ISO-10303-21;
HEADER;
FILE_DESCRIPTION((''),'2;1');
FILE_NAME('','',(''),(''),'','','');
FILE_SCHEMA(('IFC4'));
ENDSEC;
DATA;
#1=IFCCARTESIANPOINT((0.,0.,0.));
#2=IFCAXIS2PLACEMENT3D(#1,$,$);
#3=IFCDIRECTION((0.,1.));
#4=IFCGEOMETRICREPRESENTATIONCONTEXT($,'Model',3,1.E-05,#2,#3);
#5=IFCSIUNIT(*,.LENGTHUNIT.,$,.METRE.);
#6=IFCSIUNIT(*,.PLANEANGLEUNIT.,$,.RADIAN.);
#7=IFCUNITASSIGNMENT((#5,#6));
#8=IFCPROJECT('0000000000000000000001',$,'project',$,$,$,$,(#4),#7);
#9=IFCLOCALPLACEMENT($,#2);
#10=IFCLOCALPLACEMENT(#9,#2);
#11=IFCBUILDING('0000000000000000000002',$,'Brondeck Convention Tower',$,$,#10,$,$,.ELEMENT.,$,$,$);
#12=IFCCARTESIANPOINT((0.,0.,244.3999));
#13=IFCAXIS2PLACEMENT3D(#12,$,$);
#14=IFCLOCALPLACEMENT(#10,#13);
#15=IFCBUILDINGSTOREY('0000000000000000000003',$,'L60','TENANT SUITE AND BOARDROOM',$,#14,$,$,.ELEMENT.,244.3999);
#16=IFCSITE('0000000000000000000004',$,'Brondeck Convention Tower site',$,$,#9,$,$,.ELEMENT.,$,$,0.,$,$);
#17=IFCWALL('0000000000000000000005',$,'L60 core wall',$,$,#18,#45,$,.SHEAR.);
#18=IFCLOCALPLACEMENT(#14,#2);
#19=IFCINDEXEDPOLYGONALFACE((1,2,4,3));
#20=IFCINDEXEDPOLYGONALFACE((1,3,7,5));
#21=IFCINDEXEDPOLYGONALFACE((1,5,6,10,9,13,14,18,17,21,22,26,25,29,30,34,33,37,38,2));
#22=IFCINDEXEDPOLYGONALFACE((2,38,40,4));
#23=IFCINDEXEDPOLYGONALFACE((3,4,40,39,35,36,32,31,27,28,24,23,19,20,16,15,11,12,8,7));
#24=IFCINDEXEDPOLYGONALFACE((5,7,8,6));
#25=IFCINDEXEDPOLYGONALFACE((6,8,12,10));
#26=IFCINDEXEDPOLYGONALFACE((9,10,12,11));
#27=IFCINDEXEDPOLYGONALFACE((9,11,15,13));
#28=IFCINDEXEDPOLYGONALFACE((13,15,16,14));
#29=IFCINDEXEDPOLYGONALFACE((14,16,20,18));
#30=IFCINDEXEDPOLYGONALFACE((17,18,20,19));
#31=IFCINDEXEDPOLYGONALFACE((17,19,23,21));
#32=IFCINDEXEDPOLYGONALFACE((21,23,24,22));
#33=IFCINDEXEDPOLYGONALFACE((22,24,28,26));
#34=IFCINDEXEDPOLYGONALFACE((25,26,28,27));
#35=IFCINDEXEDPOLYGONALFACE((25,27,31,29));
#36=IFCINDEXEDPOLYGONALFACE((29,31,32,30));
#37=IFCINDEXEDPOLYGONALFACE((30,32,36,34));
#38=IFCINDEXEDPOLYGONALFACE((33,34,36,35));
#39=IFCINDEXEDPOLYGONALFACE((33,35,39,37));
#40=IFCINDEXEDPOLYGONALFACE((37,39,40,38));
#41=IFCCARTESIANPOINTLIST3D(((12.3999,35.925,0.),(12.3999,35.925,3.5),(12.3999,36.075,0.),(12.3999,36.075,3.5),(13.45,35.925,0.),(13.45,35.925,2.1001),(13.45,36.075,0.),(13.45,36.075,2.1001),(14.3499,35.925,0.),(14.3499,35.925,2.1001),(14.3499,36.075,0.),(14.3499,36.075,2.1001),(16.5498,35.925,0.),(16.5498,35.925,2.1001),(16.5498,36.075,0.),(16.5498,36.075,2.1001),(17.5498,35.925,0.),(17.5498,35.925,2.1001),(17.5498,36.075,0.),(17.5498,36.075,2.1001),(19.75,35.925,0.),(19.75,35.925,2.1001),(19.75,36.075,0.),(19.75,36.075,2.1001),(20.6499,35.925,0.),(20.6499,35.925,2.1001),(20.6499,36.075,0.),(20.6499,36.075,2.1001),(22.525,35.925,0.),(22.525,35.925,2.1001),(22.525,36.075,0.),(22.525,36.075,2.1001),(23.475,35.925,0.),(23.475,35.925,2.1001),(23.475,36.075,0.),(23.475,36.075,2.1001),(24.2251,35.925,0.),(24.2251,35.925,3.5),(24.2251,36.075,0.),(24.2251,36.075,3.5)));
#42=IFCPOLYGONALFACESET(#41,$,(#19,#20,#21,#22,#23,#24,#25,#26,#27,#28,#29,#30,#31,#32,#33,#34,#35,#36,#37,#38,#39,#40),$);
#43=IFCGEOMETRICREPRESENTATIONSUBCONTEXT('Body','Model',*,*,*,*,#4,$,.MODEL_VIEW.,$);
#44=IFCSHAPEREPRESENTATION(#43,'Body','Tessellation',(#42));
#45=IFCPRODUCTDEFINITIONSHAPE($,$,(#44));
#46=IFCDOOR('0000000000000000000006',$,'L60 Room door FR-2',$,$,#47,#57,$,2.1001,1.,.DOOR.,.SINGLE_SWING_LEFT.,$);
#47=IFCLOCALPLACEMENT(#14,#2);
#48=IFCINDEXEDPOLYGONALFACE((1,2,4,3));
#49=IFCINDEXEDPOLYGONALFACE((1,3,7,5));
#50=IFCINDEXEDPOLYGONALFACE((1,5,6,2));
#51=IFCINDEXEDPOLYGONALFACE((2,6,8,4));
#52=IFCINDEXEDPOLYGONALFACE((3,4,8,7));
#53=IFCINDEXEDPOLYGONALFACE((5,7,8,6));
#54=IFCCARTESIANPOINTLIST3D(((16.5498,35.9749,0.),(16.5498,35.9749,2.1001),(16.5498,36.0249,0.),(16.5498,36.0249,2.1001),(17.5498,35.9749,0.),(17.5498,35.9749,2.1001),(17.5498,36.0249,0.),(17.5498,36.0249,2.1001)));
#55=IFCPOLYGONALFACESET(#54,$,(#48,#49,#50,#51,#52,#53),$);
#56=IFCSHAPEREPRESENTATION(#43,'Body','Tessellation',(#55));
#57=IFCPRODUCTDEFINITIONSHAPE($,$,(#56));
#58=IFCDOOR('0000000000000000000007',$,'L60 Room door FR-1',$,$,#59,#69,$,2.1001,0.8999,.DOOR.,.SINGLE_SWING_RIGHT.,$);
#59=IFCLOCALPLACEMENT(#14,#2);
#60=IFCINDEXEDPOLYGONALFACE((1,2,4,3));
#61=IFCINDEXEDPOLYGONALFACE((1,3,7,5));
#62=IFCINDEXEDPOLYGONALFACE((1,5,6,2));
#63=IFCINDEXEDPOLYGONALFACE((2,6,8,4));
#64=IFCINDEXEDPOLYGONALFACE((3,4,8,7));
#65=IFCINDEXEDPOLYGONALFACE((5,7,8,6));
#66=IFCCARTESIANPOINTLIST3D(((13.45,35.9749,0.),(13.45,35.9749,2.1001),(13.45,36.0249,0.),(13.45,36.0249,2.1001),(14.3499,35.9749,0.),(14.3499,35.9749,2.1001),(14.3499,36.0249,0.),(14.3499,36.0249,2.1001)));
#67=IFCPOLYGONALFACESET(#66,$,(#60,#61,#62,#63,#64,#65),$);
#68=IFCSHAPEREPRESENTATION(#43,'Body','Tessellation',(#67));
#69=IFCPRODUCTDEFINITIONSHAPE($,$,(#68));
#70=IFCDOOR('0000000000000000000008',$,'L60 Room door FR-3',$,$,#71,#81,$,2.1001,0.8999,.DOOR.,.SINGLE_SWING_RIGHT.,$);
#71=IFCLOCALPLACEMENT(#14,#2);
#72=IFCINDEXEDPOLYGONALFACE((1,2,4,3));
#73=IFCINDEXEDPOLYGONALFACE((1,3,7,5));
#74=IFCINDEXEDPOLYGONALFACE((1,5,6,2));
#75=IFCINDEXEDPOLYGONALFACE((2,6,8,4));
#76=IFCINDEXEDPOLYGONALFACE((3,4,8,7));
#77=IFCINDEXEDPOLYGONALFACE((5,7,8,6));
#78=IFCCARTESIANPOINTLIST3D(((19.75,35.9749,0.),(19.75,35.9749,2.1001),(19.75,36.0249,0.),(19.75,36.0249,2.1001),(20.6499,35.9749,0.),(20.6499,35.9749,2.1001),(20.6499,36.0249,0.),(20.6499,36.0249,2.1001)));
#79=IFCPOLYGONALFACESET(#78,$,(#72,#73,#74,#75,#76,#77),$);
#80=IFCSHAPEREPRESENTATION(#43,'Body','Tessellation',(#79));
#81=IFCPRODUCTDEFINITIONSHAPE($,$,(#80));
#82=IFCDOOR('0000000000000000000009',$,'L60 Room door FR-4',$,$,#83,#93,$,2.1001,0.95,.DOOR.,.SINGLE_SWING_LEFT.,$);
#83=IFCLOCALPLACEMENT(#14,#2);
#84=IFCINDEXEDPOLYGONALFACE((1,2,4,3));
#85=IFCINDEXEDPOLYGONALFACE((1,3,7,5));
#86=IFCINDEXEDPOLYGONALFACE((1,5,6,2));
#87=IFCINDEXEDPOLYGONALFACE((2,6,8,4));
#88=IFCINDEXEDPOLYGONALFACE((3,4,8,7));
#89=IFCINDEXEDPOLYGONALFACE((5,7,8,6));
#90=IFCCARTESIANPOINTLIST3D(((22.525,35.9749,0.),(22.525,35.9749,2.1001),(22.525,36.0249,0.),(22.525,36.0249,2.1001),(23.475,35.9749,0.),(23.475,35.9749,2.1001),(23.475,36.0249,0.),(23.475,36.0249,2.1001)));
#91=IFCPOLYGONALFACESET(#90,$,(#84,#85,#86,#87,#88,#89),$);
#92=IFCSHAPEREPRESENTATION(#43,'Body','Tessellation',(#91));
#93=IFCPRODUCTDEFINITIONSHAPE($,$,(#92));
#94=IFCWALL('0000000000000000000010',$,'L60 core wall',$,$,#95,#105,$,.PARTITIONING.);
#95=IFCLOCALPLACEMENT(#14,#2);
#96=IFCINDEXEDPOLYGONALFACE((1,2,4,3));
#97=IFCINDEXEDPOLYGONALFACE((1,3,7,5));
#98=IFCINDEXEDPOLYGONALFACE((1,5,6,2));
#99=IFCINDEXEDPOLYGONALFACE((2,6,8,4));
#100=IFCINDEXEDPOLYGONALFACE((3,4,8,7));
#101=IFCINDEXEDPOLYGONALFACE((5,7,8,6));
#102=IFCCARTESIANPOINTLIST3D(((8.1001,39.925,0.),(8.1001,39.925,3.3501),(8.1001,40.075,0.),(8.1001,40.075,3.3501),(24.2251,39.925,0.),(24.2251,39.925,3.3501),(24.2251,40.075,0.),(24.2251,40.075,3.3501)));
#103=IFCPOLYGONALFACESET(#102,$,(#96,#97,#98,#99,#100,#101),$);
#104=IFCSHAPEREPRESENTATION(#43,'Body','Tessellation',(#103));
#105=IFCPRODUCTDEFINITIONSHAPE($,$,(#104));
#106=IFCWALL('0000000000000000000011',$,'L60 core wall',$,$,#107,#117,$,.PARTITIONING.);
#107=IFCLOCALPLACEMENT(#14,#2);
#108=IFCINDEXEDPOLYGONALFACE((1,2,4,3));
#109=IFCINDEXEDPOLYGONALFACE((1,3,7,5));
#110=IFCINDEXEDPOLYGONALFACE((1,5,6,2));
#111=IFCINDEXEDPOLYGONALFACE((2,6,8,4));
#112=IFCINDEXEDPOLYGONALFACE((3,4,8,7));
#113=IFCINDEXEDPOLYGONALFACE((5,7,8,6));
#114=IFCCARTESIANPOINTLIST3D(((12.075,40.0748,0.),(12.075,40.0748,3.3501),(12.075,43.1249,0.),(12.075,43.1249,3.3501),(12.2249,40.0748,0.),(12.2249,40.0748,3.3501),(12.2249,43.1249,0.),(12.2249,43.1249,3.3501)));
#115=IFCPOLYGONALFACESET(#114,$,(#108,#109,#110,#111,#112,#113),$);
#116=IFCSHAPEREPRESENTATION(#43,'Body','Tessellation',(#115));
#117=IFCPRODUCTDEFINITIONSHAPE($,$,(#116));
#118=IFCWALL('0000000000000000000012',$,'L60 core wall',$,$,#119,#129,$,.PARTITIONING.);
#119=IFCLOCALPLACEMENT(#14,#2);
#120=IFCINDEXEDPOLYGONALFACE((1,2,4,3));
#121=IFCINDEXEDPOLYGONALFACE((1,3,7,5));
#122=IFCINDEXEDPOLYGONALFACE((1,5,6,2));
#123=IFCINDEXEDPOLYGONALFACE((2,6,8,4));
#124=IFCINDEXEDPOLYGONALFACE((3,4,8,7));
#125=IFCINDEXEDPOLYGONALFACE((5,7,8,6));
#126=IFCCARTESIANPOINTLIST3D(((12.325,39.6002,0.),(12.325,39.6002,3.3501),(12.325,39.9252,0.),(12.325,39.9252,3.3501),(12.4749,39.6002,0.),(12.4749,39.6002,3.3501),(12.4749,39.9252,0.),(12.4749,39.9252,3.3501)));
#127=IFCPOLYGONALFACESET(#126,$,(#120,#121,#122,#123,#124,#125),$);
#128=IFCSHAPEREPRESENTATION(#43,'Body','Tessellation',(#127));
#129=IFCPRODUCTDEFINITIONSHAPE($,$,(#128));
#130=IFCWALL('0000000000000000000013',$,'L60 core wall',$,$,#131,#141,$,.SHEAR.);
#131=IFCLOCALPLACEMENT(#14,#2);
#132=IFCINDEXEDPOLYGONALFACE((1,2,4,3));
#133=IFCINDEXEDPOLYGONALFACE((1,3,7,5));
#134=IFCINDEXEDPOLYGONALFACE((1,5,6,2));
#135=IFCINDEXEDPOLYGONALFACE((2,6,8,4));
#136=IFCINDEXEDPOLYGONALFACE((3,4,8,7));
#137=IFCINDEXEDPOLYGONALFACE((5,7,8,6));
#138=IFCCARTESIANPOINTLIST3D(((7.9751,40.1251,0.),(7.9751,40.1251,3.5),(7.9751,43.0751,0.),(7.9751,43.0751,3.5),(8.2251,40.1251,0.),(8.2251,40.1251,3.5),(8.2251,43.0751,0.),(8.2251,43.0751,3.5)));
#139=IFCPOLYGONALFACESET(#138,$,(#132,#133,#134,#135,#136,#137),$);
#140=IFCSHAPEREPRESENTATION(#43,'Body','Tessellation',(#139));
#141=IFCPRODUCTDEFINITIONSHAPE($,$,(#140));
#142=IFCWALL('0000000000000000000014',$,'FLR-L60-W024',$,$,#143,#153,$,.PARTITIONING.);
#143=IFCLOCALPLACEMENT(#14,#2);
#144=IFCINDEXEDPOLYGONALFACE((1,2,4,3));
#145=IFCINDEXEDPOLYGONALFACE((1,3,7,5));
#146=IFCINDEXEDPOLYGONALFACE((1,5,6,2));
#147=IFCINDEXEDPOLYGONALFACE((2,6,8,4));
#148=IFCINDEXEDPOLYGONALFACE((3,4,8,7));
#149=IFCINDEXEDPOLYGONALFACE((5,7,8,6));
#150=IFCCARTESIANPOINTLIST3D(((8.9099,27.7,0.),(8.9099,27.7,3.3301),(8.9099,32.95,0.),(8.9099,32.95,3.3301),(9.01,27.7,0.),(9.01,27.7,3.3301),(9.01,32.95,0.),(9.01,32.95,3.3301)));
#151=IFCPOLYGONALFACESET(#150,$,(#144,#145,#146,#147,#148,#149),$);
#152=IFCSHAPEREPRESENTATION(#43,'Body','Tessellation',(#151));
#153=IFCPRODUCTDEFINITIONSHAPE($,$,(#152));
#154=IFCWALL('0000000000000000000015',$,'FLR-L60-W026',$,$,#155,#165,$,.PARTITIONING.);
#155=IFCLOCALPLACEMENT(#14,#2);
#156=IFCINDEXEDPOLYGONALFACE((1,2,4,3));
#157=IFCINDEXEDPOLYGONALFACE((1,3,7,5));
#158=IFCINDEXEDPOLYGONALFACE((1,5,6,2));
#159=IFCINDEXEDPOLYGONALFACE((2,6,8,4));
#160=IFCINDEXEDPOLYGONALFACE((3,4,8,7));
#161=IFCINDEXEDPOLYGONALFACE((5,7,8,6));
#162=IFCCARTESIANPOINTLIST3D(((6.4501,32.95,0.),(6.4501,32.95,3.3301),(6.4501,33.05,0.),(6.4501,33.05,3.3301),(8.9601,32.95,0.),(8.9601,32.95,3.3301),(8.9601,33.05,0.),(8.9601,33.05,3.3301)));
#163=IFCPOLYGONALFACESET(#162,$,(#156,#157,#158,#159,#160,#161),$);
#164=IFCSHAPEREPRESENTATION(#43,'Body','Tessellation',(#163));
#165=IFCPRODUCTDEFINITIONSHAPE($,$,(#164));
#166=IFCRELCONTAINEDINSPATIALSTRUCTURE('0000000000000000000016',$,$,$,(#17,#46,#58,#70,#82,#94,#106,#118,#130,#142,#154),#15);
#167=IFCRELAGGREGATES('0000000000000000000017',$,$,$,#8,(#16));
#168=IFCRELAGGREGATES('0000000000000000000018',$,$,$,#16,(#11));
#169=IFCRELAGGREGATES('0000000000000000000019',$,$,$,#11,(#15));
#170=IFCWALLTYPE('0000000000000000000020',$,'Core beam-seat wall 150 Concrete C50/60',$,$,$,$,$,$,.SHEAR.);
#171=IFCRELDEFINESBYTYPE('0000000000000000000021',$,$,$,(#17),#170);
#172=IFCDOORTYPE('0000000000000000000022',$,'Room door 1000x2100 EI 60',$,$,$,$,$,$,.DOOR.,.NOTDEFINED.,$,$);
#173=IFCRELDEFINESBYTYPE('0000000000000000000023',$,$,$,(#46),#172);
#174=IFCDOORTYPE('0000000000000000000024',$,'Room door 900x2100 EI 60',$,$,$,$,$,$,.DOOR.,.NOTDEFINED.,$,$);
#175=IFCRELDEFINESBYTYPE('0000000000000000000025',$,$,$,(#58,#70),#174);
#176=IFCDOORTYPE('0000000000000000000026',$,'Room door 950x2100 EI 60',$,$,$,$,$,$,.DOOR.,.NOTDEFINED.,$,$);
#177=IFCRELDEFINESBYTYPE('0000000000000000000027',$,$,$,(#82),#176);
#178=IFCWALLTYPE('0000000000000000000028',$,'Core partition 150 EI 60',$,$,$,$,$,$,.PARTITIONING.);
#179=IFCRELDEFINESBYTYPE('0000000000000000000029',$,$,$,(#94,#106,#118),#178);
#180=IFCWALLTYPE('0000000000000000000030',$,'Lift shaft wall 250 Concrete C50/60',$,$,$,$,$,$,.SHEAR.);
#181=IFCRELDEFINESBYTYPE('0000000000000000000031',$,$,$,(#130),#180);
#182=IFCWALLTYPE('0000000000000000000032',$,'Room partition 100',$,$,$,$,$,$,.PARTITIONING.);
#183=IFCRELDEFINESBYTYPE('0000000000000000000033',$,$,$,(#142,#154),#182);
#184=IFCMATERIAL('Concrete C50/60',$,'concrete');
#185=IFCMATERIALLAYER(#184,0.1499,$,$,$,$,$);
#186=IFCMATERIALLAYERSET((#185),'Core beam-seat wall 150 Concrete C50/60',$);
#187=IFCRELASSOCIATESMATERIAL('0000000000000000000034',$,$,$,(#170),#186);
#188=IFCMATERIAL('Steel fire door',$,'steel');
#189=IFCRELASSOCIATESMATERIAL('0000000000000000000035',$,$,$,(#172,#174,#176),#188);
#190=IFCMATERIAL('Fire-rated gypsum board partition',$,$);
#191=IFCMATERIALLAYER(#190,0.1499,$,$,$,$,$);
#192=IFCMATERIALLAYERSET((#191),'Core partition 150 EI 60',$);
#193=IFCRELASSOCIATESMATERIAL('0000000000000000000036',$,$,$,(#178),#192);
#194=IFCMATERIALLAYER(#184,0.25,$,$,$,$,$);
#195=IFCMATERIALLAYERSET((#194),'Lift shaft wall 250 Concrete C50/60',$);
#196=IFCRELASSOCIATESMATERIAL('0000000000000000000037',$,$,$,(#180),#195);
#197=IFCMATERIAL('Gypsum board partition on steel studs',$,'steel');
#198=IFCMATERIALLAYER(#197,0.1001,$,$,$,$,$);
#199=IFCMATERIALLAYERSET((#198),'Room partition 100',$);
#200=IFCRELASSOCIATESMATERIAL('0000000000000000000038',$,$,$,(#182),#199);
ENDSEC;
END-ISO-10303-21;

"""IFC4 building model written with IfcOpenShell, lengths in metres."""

from ifc_helpers import new_model, si_unit, direction, frame, frame_2d, origin, place, context, subcontext, project, spatial, rectangle, extrude, material, layer, layer_set, type_object, element, fill, save


model = new_model("IFC4")

# Units and contexts
model_context = context("Model", 3, precision=1e-05, world=origin(), true_north=direction((0.0, 1.0)))
body_context = subcontext(model_context, "Body", "Model", "MODEL_VIEW")
ifc_project = project(units=[si_unit("LENGTHUNIT", "METRE"), si_unit("PLANEANGLEUNIT", "RADIAN")], contexts=[model_context])

# Site, building, storey
site_placement = place(None, origin())
site = spatial("IfcSite", under=ifc_project, at=site_placement, Name="Brondeck Convention Tower site", CompositionType="ELEMENT", RefElevation=0.0)
building_placement = place(site_placement, origin())
building = spatial("IfcBuilding", under=site, at=building_placement, Name="Brondeck Convention Tower", CompositionType="ELEMENT")
storey_placement = place(building_placement, frame((0.0, 0.0, 244.3999)))
storey = spatial("IfcBuildingStorey", under=building, at=storey_placement, Name="L60", Description="TENANT SUITE AND BOARDROOM", CompositionType="ELEMENT", Elevation=244.3999)

# Shared definitions
ifc_material_1 = material(Name="Concrete C50/60", Category="concrete")

# Wall, openings, doors
ifc_layer_1 = layer(ifc_material_1, 0.1499)
ifc_layer_set_1 = layer_set([ifc_layer_1], Name="Core beam-seat wall 150 Concrete C50/60")
wall_type_1 = type_object("IfcWallType", Name="Core beam-seat wall 150 Concrete C50/60", PredefinedType="SHEAR", material=ifc_layer_set_1)
wall_1_placement = place(storey_placement, frame((12.3999, 36.0, 0.0), z_axis=(0.0, 0.0, 1.0), x_axis=(1.0, 0.0, 0.0)))
wall_1 = element("IfcWall", 1, at=wall_1_placement, inside=storey, type_object=wall_type_1, Name="L60 core wall", PredefinedType="SHEAR", context=body_context, shape_type="SweptSolid", body=[
    extrude(rectangle(XDim=11.8252, YDim=0.1499, at=frame_2d((5.9126, 0.0))), origin(), (0.0, 0.0, 1.0), 3.5),
])
opening_1_placement = place(wall_1_placement, frame((1.05, 0.0, 0.0)))
opening_1 = element("IfcOpeningElement", 2, at=opening_1_placement, cuts=wall_1, PredefinedType="OPENING", context=body_context, shape_type="SweptSolid", body=[
    extrude(rectangle(XDim=0.8999, YDim=2.1001, at=frame_2d((0.45, 1.05))), frame((0.0, 0.085, 0.0), z_axis=(0.0, -1.0, 0.0), x_axis=(1.0, 0.0, 0.0)), (0.0, 0.0, 1.0), 0.1699),
])
opening_2_placement = place(wall_1_placement, frame((4.1499, 0.0, 0.0)))
opening_2 = element("IfcOpeningElement", 3, at=opening_2_placement, cuts=wall_1, PredefinedType="OPENING", context=body_context, shape_type="SweptSolid", body=[
    extrude(rectangle(XDim=1.0, YDim=2.1001, at=frame_2d((0.5, 1.05))), frame((0.0, 0.085, 0.0), z_axis=(0.0, -1.0, 0.0), x_axis=(1.0, 0.0, 0.0)), (0.0, 0.0, 1.0), 0.1699),
])
opening_3_placement = place(wall_1_placement, frame((7.3501, 0.0, 0.0)))
opening_3 = element("IfcOpeningElement", 4, at=opening_3_placement, cuts=wall_1, PredefinedType="OPENING", context=body_context, shape_type="SweptSolid", body=[
    extrude(rectangle(XDim=0.8999, YDim=2.1001, at=frame_2d((0.45, 1.05))), frame((0.0, 0.085, 0.0), z_axis=(0.0, -1.0, 0.0), x_axis=(1.0, 0.0, 0.0)), (0.0, 0.0, 1.0), 0.1699),
])
opening_4_placement = place(wall_1_placement, frame((10.125, 0.0, 0.0)))
opening_4 = element("IfcOpeningElement", 5, at=opening_4_placement, cuts=wall_1, PredefinedType="OPENING", context=body_context, shape_type="SweptSolid", body=[
    extrude(rectangle(XDim=0.95, YDim=2.1001, at=frame_2d((0.4751, 1.05))), frame((0.0, 0.085, 0.0), z_axis=(0.0, -1.0, 0.0), x_axis=(1.0, 0.0, 0.0)), (0.0, 0.0, 1.0), 0.1699),
])
ifc_material_2 = material(Name="Steel fire door", Category="steel")
door_type_1 = type_object("IfcDoorType", Name="Room door 1000x2100 EI 60", OperationType="NOTDEFINED", PredefinedType="DOOR", material=ifc_material_2)
door_1_placement = place(opening_2_placement, origin())
door_1 = element("IfcDoor", 6, at=door_1_placement, inside=storey, type_object=door_type_1, Name="L60 Room door FR-2", OperationType="SINGLE_SWING_LEFT", OverallHeight=2.1001, OverallWidth=1.0, PredefinedType="DOOR", context=body_context, shape_type="SweptSolid", body=[
    extrude(rectangle(XDim=1.0, YDim=2.1001, at=frame_2d((0.5, 1.05))), frame((0.0, 0.0249, 0.0), z_axis=(0.0, -1.0, 0.0), x_axis=(1.0, 0.0, 0.0)), (0.0, 0.0, 1.0), 0.05),
])
fill(opening_2, door_1)
door_type_2 = type_object("IfcDoorType", Name="Room door 900x2100 EI 60", OperationType="NOTDEFINED", PredefinedType="DOOR", material=ifc_material_2)
door_2_placement = place(opening_1_placement, origin())
door_2 = element("IfcDoor", 7, at=door_2_placement, inside=storey, type_object=door_type_2, Name="L60 Room door FR-1", OperationType="SINGLE_SWING_RIGHT", OverallHeight=2.1001, OverallWidth=0.8999, PredefinedType="DOOR", context=body_context, shape_type="SweptSolid", body=[
    extrude(rectangle(XDim=0.8999, YDim=2.1001, at=frame_2d((0.45, 1.05))), frame((0.0, 0.0249, 0.0), z_axis=(0.0, -1.0, 0.0), x_axis=(1.0, 0.0, 0.0)), (0.0, 0.0, 1.0), 0.05),
])
fill(opening_1, door_2)
door_3_placement = place(opening_3_placement, origin())
door_3 = element("IfcDoor", 8, at=door_3_placement, inside=storey, type_object=door_type_2, Name="L60 Room door FR-3", OperationType="SINGLE_SWING_RIGHT", OverallHeight=2.1001, OverallWidth=0.8999, PredefinedType="DOOR", context=body_context, shape_type="SweptSolid", body=[
    extrude(rectangle(XDim=0.8999, YDim=2.1001, at=frame_2d((0.45, 1.05))), frame((0.0, 0.0249, 0.0), z_axis=(0.0, -1.0, 0.0), x_axis=(1.0, 0.0, 0.0)), (0.0, 0.0, 1.0), 0.05),
])
fill(opening_3, door_3)
door_type_3 = type_object("IfcDoorType", Name="Room door 950x2100 EI 60", OperationType="NOTDEFINED", PredefinedType="DOOR", material=ifc_material_2)
door_4_placement = place(opening_4_placement, origin())
door_4 = element("IfcDoor", 9, at=door_4_placement, inside=storey, type_object=door_type_3, Name="L60 Room door FR-4", OperationType="SINGLE_SWING_LEFT", OverallHeight=2.1001, OverallWidth=0.95, PredefinedType="DOOR", context=body_context, shape_type="SweptSolid", body=[
    extrude(rectangle(XDim=0.95, YDim=2.1001, at=frame_2d((0.4751, 1.05))), frame((0.0, 0.0249, 0.0), z_axis=(0.0, -1.0, 0.0), x_axis=(1.0, 0.0, 0.0)), (0.0, 0.0, 1.0), 0.05),
])
fill(opening_4, door_4)

# Walls
ifc_material_3 = material(Name="Fire-rated gypsum board partition")
ifc_layer_2 = layer(ifc_material_3, 0.1499)
ifc_layer_set_2 = layer_set([ifc_layer_2], Name="Core partition 150 EI 60")
wall_type_2 = type_object("IfcWallType", Name="Core partition 150 EI 60", PredefinedType="PARTITIONING", material=ifc_layer_set_2)
wall_2_placement = place(storey_placement, frame((8.1001, 40.0, 0.0), z_axis=(0.0, 0.0, 1.0), x_axis=(1.0, 0.0, 0.0)))
element("IfcWall", 10, at=wall_2_placement, inside=storey, type_object=wall_type_2, Name="L60 core wall", PredefinedType="PARTITIONING", context=body_context, shape_type="SweptSolid", body=[
    extrude(rectangle(XDim=16.125, YDim=0.1499, at=frame_2d((8.0625, 0.0))), origin(), (0.0, 0.0, 1.0), 3.3501),
])
wall_3_placement = place(storey_placement, frame((12.1499, 40.075, 0.0), z_axis=(0.0, 0.0, 1.0), x_axis=(0.0, 1.0, 0.0)))
element("IfcWall", 11, at=wall_3_placement, inside=storey, type_object=wall_type_2, Name="L60 core wall", PredefinedType="PARTITIONING", context=body_context, shape_type="SweptSolid", body=[
    extrude(rectangle(XDim=3.05, YDim=0.1499, at=frame_2d((1.5249, 0.0))), origin(), (0.0, 0.0, 1.0), 3.3501),
])
wall_4_placement = place(storey_placement, frame((12.3999, 39.6001, 0.0), z_axis=(0.0, 0.0, 1.0), x_axis=(0.0, 1.0, 0.0)))
element("IfcWall", 12, at=wall_4_placement, inside=storey, type_object=wall_type_2, Name="L60 core wall", PredefinedType="PARTITIONING", context=body_context, shape_type="SweptSolid", body=[
    extrude(rectangle(XDim=0.325, YDim=0.1499, at=frame_2d((0.1626, 0.0))), origin(), (0.0, 0.0, 1.0), 3.3501),
])
ifc_layer_3 = layer(ifc_material_1, 0.25)
ifc_layer_set_3 = layer_set([ifc_layer_3], Name="Lift shaft wall 250 Concrete C50/60")
wall_type_3 = type_object("IfcWallType", Name="Lift shaft wall 250 Concrete C50/60", PredefinedType="SHEAR", material=ifc_layer_set_3)
wall_5_placement = place(storey_placement, frame((8.1001, 40.125, 0.0), z_axis=(0.0, 0.0, 1.0), x_axis=(0.0, 1.0, 0.0)))
element("IfcWall", 13, at=wall_5_placement, inside=storey, type_object=wall_type_3, Name="L60 core wall", PredefinedType="SHEAR", context=body_context, shape_type="SweptSolid", body=[
    extrude(rectangle(XDim=2.95, YDim=0.25, at=frame_2d((1.4751, 0.0))), origin(), (0.0, 0.0, 1.0), 3.5),
])
ifc_material_4 = material(Name="Gypsum board partition on steel studs", Category="steel")
ifc_layer_4 = layer(ifc_material_4, 0.1001)
ifc_layer_set_4 = layer_set([ifc_layer_4], Name="Room partition 100")
wall_type_4 = type_object("IfcWallType", Name="Room partition 100", PredefinedType="PARTITIONING", material=ifc_layer_set_4)
wall_6_placement = place(storey_placement, frame((8.96, 32.95, 0.0), z_axis=(0.0, 0.0, 1.0), x_axis=(0.0, -1.0, 0.0)))
element("IfcWall", 14, at=wall_6_placement, inside=storey, type_object=wall_type_4, Name="FLR-L60-W024", PredefinedType="PARTITIONING", context=body_context, shape_type="SweptSolid", body=[
    extrude(rectangle(XDim=5.25, YDim=0.1001, at=frame_2d((2.625, 0.0))), origin(), (0.0, 0.0, 1.0), 3.3301),
])
wall_7_placement = place(storey_placement, frame((8.96, 33.0, 0.0), z_axis=(0.0, 0.0, 1.0), x_axis=(-1.0, 0.0, 0.0)))
element("IfcWall", 15, at=wall_7_placement, inside=storey, type_object=wall_type_4, Name="FLR-L60-W026", PredefinedType="PARTITIONING", context=body_context, shape_type="SweptSolid", body=[
    extrude(rectangle(XDim=2.51, YDim=0.1001, at=frame_2d((1.2549, 0.0))), origin(), (0.0, 0.0, 1.0), 3.3301),
])

save(model, "model.ifc")
